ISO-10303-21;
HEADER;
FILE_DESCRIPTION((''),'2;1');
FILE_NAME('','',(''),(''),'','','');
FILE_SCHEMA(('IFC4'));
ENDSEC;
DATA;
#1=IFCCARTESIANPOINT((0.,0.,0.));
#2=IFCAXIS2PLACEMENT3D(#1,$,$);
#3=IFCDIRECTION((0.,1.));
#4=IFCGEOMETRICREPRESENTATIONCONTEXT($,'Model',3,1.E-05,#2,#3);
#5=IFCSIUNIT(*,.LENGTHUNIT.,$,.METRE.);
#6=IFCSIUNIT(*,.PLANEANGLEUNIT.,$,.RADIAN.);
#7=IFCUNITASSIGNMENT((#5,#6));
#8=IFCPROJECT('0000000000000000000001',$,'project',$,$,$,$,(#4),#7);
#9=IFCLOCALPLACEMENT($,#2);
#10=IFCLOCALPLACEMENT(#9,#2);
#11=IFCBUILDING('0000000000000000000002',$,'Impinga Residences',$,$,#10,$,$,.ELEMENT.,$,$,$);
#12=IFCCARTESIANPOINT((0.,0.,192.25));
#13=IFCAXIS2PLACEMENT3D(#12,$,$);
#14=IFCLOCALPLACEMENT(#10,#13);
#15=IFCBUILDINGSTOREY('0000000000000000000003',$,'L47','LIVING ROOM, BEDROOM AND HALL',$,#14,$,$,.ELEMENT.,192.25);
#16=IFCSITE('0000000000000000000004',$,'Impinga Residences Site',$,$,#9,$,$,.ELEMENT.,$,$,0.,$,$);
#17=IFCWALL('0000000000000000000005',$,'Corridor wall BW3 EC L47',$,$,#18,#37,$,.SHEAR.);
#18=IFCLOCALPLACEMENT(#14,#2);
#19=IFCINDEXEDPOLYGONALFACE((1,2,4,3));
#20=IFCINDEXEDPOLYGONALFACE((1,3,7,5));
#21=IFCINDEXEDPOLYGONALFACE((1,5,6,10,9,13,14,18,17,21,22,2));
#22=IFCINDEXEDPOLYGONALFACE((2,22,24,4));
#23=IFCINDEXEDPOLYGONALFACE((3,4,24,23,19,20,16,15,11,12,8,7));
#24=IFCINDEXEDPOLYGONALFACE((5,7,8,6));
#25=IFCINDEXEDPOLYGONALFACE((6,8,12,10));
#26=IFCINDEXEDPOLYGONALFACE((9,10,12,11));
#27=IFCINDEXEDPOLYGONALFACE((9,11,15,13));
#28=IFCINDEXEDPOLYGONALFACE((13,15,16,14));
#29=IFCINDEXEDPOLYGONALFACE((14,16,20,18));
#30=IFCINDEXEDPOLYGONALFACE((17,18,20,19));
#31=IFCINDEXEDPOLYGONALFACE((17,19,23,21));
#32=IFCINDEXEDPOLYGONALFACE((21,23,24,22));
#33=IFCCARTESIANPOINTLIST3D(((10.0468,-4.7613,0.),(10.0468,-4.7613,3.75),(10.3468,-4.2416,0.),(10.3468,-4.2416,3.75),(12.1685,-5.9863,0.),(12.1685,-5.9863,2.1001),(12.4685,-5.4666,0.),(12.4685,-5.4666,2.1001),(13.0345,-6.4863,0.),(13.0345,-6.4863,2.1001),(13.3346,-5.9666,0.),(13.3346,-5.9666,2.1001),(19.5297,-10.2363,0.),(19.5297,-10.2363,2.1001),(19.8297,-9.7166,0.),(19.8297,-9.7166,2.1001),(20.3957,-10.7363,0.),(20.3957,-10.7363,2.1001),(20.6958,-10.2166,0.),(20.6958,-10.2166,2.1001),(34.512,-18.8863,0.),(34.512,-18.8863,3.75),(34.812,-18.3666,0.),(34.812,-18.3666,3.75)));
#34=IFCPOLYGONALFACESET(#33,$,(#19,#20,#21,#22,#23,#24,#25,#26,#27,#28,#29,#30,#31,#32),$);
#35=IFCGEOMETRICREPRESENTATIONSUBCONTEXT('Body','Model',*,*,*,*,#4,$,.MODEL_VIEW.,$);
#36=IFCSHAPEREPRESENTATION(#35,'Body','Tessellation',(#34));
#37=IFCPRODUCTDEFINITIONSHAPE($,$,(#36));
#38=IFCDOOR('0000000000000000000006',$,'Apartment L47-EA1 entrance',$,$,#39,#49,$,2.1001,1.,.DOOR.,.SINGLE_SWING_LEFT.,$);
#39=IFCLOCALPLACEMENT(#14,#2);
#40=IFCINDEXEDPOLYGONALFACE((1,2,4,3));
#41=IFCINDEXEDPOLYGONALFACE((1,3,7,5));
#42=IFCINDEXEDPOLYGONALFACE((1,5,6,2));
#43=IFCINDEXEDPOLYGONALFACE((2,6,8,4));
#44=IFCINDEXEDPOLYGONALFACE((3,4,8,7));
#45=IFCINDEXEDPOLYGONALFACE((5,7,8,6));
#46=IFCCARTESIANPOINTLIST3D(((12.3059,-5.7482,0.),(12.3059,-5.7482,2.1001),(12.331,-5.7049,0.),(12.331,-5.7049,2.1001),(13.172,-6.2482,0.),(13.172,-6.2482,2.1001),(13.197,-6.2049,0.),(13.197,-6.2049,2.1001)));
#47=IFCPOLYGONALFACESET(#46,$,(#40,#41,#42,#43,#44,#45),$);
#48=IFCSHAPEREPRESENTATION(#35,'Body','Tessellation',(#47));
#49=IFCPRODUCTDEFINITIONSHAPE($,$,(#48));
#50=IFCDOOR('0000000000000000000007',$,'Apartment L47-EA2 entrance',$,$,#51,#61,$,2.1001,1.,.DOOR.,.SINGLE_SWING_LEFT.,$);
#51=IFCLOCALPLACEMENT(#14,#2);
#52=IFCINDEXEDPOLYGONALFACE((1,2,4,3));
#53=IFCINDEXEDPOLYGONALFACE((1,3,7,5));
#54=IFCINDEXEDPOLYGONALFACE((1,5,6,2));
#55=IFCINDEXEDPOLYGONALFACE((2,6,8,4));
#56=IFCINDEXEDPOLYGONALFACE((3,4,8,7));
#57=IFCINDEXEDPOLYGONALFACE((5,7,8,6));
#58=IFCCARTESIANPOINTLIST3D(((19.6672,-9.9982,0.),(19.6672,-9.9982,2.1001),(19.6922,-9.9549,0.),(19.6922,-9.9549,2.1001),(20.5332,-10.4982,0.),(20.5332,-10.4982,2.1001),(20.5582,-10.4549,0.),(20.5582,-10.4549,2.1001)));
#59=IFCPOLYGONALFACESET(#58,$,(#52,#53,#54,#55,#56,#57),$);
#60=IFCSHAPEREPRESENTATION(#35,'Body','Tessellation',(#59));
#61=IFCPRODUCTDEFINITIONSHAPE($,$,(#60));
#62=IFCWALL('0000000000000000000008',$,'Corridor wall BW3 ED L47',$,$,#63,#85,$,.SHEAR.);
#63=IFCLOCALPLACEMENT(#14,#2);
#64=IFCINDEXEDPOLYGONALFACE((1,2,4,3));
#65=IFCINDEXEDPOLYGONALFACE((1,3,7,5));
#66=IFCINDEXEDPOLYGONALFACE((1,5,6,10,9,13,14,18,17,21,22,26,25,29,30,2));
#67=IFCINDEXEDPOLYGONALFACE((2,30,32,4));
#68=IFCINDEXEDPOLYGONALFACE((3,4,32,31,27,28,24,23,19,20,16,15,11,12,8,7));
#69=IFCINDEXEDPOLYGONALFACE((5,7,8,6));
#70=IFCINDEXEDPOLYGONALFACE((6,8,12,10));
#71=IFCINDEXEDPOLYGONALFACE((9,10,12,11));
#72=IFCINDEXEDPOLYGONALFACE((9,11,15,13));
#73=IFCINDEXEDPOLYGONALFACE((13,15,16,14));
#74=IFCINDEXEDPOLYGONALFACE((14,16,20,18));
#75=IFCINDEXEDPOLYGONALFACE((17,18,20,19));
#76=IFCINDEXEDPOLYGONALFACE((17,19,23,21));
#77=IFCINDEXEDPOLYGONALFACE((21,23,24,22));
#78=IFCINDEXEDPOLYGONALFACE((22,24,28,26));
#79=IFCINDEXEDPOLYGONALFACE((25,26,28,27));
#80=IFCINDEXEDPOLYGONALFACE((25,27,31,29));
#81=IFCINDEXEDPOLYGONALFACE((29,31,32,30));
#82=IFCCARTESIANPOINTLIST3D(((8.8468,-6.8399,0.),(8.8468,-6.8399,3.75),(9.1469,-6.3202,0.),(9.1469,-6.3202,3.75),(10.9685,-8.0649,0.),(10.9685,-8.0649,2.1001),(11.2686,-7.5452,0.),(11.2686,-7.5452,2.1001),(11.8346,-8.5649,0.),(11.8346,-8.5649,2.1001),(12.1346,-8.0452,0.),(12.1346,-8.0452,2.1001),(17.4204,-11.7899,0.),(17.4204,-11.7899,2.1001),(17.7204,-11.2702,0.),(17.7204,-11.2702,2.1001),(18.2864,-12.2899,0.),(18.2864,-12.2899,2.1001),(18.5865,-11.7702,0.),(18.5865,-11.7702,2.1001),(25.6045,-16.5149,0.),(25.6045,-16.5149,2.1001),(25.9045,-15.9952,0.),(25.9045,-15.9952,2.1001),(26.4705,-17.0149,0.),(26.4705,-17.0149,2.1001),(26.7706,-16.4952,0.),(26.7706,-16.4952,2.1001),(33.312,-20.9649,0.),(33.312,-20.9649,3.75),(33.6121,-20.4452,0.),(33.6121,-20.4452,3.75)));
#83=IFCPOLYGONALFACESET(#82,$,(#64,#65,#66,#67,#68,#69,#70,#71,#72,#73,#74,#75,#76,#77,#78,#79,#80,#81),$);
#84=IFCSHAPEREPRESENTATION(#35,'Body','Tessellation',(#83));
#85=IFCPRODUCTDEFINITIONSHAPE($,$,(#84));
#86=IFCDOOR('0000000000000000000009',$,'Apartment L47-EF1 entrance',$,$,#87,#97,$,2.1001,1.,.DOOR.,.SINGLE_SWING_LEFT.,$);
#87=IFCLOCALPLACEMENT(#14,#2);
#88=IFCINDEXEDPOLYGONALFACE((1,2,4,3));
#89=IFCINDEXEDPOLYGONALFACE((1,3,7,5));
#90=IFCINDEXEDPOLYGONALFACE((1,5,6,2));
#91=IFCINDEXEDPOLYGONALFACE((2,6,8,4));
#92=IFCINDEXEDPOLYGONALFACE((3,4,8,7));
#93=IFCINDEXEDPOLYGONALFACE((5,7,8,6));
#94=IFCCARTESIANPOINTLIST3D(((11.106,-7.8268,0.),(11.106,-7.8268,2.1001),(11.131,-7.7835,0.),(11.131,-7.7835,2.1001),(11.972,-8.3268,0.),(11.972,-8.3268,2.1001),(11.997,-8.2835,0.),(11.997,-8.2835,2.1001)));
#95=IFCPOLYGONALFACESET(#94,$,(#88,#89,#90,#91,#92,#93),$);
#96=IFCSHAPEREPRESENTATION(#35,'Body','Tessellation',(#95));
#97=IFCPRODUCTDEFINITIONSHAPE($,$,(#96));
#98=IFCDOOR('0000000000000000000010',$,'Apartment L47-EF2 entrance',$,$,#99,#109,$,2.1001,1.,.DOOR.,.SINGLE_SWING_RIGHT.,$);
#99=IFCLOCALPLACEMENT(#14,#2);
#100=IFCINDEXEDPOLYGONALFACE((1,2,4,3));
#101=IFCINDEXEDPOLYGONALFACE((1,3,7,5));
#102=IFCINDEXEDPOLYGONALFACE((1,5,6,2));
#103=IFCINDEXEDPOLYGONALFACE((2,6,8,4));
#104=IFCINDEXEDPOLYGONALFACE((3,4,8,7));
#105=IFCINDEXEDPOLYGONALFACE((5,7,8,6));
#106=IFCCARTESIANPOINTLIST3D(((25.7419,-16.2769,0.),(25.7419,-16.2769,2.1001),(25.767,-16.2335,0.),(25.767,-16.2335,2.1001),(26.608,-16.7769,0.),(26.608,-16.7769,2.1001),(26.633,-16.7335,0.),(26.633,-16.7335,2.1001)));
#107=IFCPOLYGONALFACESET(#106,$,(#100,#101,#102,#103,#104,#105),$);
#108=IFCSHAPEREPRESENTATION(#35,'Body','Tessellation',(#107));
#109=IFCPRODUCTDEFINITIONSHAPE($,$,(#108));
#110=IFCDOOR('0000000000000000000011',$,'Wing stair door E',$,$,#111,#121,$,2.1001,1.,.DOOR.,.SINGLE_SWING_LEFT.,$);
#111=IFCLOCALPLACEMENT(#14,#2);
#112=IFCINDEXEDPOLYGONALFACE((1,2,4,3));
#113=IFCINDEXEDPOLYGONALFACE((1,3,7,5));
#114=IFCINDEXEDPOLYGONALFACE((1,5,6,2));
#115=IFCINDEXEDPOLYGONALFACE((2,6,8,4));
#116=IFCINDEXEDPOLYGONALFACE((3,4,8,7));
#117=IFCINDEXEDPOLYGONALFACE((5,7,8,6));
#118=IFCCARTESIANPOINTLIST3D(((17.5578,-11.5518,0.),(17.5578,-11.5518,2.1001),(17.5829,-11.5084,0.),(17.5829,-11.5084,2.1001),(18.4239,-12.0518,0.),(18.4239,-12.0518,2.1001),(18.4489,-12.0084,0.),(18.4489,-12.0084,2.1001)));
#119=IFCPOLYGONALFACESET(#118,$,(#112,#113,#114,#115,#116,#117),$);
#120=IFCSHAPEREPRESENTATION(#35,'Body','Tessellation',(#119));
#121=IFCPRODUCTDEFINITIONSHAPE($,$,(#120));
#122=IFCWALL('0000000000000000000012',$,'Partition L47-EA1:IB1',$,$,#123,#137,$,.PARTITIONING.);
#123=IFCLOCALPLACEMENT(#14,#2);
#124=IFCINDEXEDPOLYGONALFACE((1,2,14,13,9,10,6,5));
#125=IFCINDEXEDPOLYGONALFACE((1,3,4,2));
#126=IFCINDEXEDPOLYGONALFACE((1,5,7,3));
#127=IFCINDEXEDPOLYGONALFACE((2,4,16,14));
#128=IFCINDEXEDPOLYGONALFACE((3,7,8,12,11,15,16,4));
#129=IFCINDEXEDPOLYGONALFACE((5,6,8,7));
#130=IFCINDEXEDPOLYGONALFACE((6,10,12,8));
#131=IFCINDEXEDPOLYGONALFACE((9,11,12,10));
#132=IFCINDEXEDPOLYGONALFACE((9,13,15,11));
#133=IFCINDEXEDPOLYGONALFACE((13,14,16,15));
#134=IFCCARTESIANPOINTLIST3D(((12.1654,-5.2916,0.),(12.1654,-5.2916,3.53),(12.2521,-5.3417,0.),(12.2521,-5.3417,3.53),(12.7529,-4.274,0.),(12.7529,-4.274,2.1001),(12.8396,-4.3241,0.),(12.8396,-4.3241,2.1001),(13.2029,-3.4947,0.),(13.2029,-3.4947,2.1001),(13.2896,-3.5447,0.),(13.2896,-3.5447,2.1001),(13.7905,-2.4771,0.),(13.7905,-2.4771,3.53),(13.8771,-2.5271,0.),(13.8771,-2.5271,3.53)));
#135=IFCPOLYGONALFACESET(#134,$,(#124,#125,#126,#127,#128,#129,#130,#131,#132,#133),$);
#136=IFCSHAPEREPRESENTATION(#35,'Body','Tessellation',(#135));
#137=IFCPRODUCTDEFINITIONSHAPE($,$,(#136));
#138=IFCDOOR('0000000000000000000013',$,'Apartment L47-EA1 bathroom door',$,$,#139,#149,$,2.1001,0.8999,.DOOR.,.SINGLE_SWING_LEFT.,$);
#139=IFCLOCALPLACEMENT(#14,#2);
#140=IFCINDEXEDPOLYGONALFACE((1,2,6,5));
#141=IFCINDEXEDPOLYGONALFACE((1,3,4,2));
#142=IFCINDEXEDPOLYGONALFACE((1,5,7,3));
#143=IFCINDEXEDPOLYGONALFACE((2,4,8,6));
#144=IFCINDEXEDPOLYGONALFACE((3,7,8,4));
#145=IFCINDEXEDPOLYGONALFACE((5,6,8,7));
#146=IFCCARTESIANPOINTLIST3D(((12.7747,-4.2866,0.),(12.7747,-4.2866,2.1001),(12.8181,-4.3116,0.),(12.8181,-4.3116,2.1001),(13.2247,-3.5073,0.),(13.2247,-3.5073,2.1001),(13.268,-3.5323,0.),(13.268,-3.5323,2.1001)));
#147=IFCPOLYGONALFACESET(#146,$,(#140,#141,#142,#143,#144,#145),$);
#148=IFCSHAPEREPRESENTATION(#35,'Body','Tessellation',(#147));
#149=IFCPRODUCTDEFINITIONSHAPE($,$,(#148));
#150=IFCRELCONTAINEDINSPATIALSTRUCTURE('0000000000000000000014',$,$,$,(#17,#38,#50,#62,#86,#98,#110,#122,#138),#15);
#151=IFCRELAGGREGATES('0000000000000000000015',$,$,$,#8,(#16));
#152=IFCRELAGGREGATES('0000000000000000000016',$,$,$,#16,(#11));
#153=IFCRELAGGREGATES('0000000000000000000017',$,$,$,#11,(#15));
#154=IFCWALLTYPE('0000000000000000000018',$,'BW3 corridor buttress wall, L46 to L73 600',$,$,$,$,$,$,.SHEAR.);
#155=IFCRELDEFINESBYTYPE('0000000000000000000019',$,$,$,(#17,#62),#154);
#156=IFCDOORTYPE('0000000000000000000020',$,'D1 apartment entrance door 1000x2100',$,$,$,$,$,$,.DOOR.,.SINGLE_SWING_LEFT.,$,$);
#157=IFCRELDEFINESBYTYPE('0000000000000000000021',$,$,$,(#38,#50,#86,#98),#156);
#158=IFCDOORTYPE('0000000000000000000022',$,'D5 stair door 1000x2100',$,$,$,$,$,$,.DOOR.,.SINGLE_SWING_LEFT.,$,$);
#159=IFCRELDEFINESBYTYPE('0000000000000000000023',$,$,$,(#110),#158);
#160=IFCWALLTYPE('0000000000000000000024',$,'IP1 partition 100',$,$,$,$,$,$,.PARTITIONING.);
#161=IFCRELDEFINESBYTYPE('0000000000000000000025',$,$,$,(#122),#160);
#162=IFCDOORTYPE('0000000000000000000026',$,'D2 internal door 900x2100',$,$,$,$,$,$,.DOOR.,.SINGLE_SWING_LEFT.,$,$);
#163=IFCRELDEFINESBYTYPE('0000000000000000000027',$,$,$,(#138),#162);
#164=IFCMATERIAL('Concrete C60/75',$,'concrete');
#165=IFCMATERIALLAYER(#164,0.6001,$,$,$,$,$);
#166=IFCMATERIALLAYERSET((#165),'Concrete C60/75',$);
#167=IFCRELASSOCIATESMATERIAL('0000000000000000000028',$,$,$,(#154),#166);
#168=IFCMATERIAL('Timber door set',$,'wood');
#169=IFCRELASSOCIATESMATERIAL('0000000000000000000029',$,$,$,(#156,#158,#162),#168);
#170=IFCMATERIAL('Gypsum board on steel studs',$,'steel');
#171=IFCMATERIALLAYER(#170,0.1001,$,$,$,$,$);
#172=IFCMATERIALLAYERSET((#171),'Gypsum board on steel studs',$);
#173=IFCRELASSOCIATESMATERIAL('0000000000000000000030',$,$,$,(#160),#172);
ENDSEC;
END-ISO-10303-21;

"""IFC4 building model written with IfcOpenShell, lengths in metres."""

from ifc_helpers import new_model, si_unit, direction, frame, frame_2d, origin, place, context, subcontext, project, spatial, rectangle, extrude, material, layer, layer_set, type_object, element, fill, save


model = new_model("IFC4")

# Units and contexts
model_context = context("Model", 3, precision=1e-05, world=origin(), true_north=direction((0.0, 1.0)))
body_context = subcontext(model_context, "Body", "Model", "MODEL_VIEW")
ifc_project = project(units=[si_unit("LENGTHUNIT", "METRE"), si_unit("PLANEANGLEUNIT", "RADIAN")], contexts=[model_context])

# Site, building, storey
site_placement = place(None, origin())
site = spatial("IfcSite", under=ifc_project, at=site_placement, Name="Impinga Residences Site", CompositionType="ELEMENT", RefElevation=0.0)
building_placement = place(site_placement, origin())
building = spatial("IfcBuilding", under=site, at=building_placement, Name="Impinga Residences", CompositionType="ELEMENT")
storey_placement = place(building_placement, frame((0.0, 0.0, 192.25)))
storey = spatial("IfcBuildingStorey", under=building, at=storey_placement, Name="L47", Description="LIVING ROOM, BEDROOM AND HALL", CompositionType="ELEMENT", Elevation=192.25)

# Walls, openings, doors
ifc_material_1 = material(Name="Concrete C60/75", Category="concrete")
ifc_layer_1 = layer(ifc_material_1, 0.6001)
ifc_layer_set_1 = layer_set([ifc_layer_1], Name="Concrete C60/75")
wall_type_1 = type_object("IfcWallType", Name="BW3 corridor buttress wall, L46 to L73 600", PredefinedType="SHEAR", material=ifc_layer_set_1)
wall_1_placement = place(storey_placement, frame((10.1968, -4.5015, 0.0), z_axis=(0.0, 0.0, 1.0), x_axis=(0.866026, -0.499998, 0.0)))
wall_1 = element("IfcWall", 1, at=wall_1_placement, inside=storey, type_object=wall_type_1, Name="Corridor wall BW3 EC L47", PredefinedType="SHEAR", context=body_context, shape_type="SweptSolid", body=[
    extrude(rectangle(XDim=28.25, YDim=0.6001, at=frame_2d((14.125, 0.0))), origin(), (0.0, 0.0, 1.0), 3.75),
])
opening_1_placement = place(wall_1_placement, frame((2.45, 0.0, 0.0)))
opening_1 = element("IfcOpeningElement", 2, at=opening_1_placement, cuts=wall_1, PredefinedType="OPENING", context=body_context, shape_type="SweptSolid", body=[
    extrude(rectangle(XDim=1.0, YDim=2.1001, at=frame_2d((0.5, 1.05))), frame((0.0, 0.3101, 0.0), z_axis=(0.0, -1.0, 0.0), x_axis=(1.0, 0.0, 0.0)), (0.0, 0.0, 1.0), 0.6201),
])
opening_2_placement = place(wall_1_placement, frame((10.95, 0.0, 0.0)))
opening_2 = element("IfcOpeningElement", 3, at=opening_2_placement, cuts=wall_1, PredefinedType="OPENING", context=body_context, shape_type="SweptSolid", body=[
    extrude(rectangle(XDim=1.0, YDim=2.1001, at=frame_2d((0.5, 1.05))), frame((0.0, 0.3101, 0.0), z_axis=(0.0, -1.0, 0.0), x_axis=(1.0, 0.0, 0.0)), (0.0, 0.0, 1.0), 0.6201),
])
ifc_material_2 = material(Name="Timber door set", Category="wood")
door_type_1 = type_object("IfcDoorType", Name="D1 apartment entrance door 1000x2100", OperationType="SINGLE_SWING_LEFT", PredefinedType="DOOR", material=ifc_material_2)
door_1_placement = place(opening_1_placement, origin())
door_1 = element("IfcDoor", 4, at=door_1_placement, inside=storey, type_object=door_type_1, Name="Apartment L47-EA1 entrance", OperationType="SINGLE_SWING_LEFT", OverallHeight=2.1001, OverallWidth=1.0, PredefinedType="DOOR", context=body_context, shape_type="SweptSolid", body=[
    extrude(rectangle(XDim=1.0, YDim=2.1001, at=frame_2d((0.5, 1.05))), frame((0.0, 0.0249, 0.0), z_axis=(0.0, -1.0, 0.0), x_axis=(1.0, 0.0, 0.0)), (0.0, 0.0, 1.0), 0.05),
])
fill(opening_1, door_1)
door_2_placement = place(opening_2_placement, origin())
door_2 = element("IfcDoor", 5, at=door_2_placement, inside=storey, type_object=door_type_1, Name="Apartment L47-EA2 entrance", OperationType="SINGLE_SWING_LEFT", OverallHeight=2.1001, OverallWidth=1.0, PredefinedType="DOOR", context=body_context, shape_type="SweptSolid", body=[
    extrude(rectangle(XDim=1.0, YDim=2.1001, at=frame_2d((0.5, 1.05))), frame((0.0, 0.0249, 0.0), z_axis=(0.0, -1.0, 0.0), x_axis=(1.0, 0.0, 0.0)), (0.0, 0.0, 1.0), 0.05),
])
fill(opening_2, door_2)
wall_2_placement = place(storey_placement, frame((8.9968, -6.5801, 0.0), z_axis=(0.0, 0.0, 1.0), x_axis=(0.866026, -0.499998, 0.0)))
wall_2 = element("IfcWall", 6, at=wall_2_placement, inside=storey, type_object=wall_type_1, Name="Corridor wall BW3 ED L47", PredefinedType="SHEAR", context=body_context, shape_type="SweptSolid", body=[
    extrude(rectangle(XDim=28.25, YDim=0.6001, at=frame_2d((14.125, 0.0))), origin(), (0.0, 0.0, 1.0), 3.75),
])
opening_3_placement = place(wall_2_placement, frame((9.8999, 0.0, 0.0)))
opening_3 = element("IfcOpeningElement", 7, at=opening_3_placement, cuts=wall_2, PredefinedType="OPENING", context=body_context, shape_type="SweptSolid", body=[
    extrude(rectangle(XDim=1.0, YDim=2.1001, at=frame_2d((0.5, 1.05))), frame((0.0, 0.3101, 0.0), z_axis=(0.0, -1.0, 0.0), x_axis=(1.0, 0.0, 0.0)), (0.0, 0.0, 1.0), 0.6201),
])
opening_4_placement = place(wall_2_placement, frame((2.45, 0.0, 0.0)))
opening_4 = element("IfcOpeningElement", 8, at=opening_4_placement, cuts=wall_2, PredefinedType="OPENING", context=body_context, shape_type="SweptSolid", body=[
    extrude(rectangle(XDim=1.0, YDim=2.1001, at=frame_2d((0.5, 1.05))), frame((0.0, 0.3101, 0.0), z_axis=(0.0, -1.0, 0.0), x_axis=(1.0, 0.0, 0.0)), (0.0, 0.0, 1.0), 0.6201),
])
opening_5_placement = place(wall_2_placement, frame((19.3501, 0.0, 0.0)))
opening_5 = element("IfcOpeningElement", 9, at=opening_5_placement, cuts=wall_2, PredefinedType="OPENING", context=body_context, shape_type="SweptSolid", body=[
    extrude(rectangle(XDim=1.0, YDim=2.1001, at=frame_2d((0.5, 1.05))), frame((0.0, 0.3101, 0.0), z_axis=(0.0, -1.0, 0.0), x_axis=(1.0, 0.0, 0.0)), (0.0, 0.0, 1.0), 0.6201),
])
door_3_placement = place(opening_4_placement, origin())
door_3 = element("IfcDoor", 10, at=door_3_placement, inside=storey, type_object=door_type_1, Name="Apartment L47-EF1 entrance", OperationType="SINGLE_SWING_LEFT", OverallHeight=2.1001, OverallWidth=1.0, PredefinedType="DOOR", context=body_context, shape_type="SweptSolid", body=[
    extrude(rectangle(XDim=1.0, YDim=2.1001, at=frame_2d((0.5, 1.05))), frame((0.0, 0.0249, 0.0), z_axis=(0.0, -1.0, 0.0), x_axis=(1.0, 0.0, 0.0)), (0.0, 0.0, 1.0), 0.05),
])
fill(opening_4, door_3)
door_4_placement = place(opening_5_placement, origin())
door_4 = element("IfcDoor", 11, at=door_4_placement, inside=storey, type_object=door_type_1, Name="Apartment L47-EF2 entrance", OperationType="SINGLE_SWING_RIGHT", OverallHeight=2.1001, OverallWidth=1.0, PredefinedType="DOOR", context=body_context, shape_type="SweptSolid", body=[
    extrude(rectangle(XDim=1.0, YDim=2.1001, at=frame_2d((0.5, 1.05))), frame((0.0, 0.0249, 0.0), z_axis=(0.0, -1.0, 0.0), x_axis=(1.0, 0.0, 0.0)), (0.0, 0.0, 1.0), 0.05),
])
fill(opening_5, door_4)
door_type_2 = type_object("IfcDoorType", Name="D5 stair door 1000x2100", OperationType="SINGLE_SWING_LEFT", PredefinedType="DOOR", material=ifc_material_2)
door_5_placement = place(opening_3_placement, origin())
door_5 = element("IfcDoor", 12, at=door_5_placement, inside=storey, type_object=door_type_2, Name="Wing stair door E", OperationType="SINGLE_SWING_LEFT", OverallHeight=2.1001, OverallWidth=1.0, PredefinedType="DOOR", context=body_context, shape_type="SweptSolid", body=[
    extrude(rectangle(XDim=1.0, YDim=2.1001, at=frame_2d((0.5, 1.05))), frame((0.0, 0.0249, 0.0), z_axis=(0.0, -1.0, 0.0), x_axis=(1.0, 0.0, 0.0)), (0.0, 0.0, 1.0), 0.05),
])
fill(opening_3, door_5)

# Wall, opening, door
ifc_material_3 = material(Name="Gypsum board on steel studs", Category="steel")
ifc_layer_2 = layer(ifc_material_3, 0.1001)
ifc_layer_set_2 = layer_set([ifc_layer_2], Name="Gypsum board on steel studs")
wall_type_2 = type_object("IfcWallType", Name="IP1 partition 100", PredefinedType="PARTITIONING", material=ifc_layer_set_2)
wall_3_placement = place(storey_placement, frame((12.2087, -5.3167, 0.0), z_axis=(0.0, 0.0, 1.0), x_axis=(0.500017, 0.866015, 0.0)))
wall_3 = element("IfcWall", 13, at=wall_3_placement, inside=storey, type_object=wall_type_2, Name="Partition L47-EA1:IB1", PredefinedType="PARTITIONING", context=body_context, shape_type="SweptSolid", body=[
    extrude(rectangle(XDim=3.25, YDim=0.1001, at=frame_2d((1.625, 0.0))), origin(), (0.0, 0.0, 1.0), 3.53),
])
opening_6_placement = place(wall_3_placement, frame((1.175, 0.0, 0.0)))
opening_6 = element("IfcOpeningElement", 14, at=opening_6_placement, cuts=wall_3, PredefinedType="OPENING", context=body_context, shape_type="SweptSolid", body=[
    extrude(rectangle(XDim=0.8999, YDim=2.1001, at=frame_2d((0.45, 1.05))), frame((0.0, 0.0601, 0.0), z_axis=(0.0, -1.0, 0.0), x_axis=(1.0, 0.0, 0.0)), (0.0, 0.0, 1.0), 0.1201),
])
door_type_3 = type_object("IfcDoorType", Name="D2 internal door 900x2100", OperationType="SINGLE_SWING_LEFT", PredefinedType="DOOR", material=ifc_material_2)
door_6_placement = place(opening_6_placement, origin())
door_6 = element("IfcDoor", 15, at=door_6_placement, inside=storey, type_object=door_type_3, Name="Apartment L47-EA1 bathroom door", OperationType="SINGLE_SWING_LEFT", OverallHeight=2.1001, OverallWidth=0.8999, PredefinedType="DOOR", context=body_context, shape_type="SweptSolid", body=[
    extrude(rectangle(XDim=0.8999, YDim=2.1001, at=frame_2d((0.45, 1.05))), frame((0.0, 0.0249, 0.0), z_axis=(0.0, -1.0, 0.0), x_axis=(1.0, 0.0, 0.0)), (0.0, 0.0, 1.0), 0.05),
])
fill(opening_6, door_6)

save(model, "model.ifc")
